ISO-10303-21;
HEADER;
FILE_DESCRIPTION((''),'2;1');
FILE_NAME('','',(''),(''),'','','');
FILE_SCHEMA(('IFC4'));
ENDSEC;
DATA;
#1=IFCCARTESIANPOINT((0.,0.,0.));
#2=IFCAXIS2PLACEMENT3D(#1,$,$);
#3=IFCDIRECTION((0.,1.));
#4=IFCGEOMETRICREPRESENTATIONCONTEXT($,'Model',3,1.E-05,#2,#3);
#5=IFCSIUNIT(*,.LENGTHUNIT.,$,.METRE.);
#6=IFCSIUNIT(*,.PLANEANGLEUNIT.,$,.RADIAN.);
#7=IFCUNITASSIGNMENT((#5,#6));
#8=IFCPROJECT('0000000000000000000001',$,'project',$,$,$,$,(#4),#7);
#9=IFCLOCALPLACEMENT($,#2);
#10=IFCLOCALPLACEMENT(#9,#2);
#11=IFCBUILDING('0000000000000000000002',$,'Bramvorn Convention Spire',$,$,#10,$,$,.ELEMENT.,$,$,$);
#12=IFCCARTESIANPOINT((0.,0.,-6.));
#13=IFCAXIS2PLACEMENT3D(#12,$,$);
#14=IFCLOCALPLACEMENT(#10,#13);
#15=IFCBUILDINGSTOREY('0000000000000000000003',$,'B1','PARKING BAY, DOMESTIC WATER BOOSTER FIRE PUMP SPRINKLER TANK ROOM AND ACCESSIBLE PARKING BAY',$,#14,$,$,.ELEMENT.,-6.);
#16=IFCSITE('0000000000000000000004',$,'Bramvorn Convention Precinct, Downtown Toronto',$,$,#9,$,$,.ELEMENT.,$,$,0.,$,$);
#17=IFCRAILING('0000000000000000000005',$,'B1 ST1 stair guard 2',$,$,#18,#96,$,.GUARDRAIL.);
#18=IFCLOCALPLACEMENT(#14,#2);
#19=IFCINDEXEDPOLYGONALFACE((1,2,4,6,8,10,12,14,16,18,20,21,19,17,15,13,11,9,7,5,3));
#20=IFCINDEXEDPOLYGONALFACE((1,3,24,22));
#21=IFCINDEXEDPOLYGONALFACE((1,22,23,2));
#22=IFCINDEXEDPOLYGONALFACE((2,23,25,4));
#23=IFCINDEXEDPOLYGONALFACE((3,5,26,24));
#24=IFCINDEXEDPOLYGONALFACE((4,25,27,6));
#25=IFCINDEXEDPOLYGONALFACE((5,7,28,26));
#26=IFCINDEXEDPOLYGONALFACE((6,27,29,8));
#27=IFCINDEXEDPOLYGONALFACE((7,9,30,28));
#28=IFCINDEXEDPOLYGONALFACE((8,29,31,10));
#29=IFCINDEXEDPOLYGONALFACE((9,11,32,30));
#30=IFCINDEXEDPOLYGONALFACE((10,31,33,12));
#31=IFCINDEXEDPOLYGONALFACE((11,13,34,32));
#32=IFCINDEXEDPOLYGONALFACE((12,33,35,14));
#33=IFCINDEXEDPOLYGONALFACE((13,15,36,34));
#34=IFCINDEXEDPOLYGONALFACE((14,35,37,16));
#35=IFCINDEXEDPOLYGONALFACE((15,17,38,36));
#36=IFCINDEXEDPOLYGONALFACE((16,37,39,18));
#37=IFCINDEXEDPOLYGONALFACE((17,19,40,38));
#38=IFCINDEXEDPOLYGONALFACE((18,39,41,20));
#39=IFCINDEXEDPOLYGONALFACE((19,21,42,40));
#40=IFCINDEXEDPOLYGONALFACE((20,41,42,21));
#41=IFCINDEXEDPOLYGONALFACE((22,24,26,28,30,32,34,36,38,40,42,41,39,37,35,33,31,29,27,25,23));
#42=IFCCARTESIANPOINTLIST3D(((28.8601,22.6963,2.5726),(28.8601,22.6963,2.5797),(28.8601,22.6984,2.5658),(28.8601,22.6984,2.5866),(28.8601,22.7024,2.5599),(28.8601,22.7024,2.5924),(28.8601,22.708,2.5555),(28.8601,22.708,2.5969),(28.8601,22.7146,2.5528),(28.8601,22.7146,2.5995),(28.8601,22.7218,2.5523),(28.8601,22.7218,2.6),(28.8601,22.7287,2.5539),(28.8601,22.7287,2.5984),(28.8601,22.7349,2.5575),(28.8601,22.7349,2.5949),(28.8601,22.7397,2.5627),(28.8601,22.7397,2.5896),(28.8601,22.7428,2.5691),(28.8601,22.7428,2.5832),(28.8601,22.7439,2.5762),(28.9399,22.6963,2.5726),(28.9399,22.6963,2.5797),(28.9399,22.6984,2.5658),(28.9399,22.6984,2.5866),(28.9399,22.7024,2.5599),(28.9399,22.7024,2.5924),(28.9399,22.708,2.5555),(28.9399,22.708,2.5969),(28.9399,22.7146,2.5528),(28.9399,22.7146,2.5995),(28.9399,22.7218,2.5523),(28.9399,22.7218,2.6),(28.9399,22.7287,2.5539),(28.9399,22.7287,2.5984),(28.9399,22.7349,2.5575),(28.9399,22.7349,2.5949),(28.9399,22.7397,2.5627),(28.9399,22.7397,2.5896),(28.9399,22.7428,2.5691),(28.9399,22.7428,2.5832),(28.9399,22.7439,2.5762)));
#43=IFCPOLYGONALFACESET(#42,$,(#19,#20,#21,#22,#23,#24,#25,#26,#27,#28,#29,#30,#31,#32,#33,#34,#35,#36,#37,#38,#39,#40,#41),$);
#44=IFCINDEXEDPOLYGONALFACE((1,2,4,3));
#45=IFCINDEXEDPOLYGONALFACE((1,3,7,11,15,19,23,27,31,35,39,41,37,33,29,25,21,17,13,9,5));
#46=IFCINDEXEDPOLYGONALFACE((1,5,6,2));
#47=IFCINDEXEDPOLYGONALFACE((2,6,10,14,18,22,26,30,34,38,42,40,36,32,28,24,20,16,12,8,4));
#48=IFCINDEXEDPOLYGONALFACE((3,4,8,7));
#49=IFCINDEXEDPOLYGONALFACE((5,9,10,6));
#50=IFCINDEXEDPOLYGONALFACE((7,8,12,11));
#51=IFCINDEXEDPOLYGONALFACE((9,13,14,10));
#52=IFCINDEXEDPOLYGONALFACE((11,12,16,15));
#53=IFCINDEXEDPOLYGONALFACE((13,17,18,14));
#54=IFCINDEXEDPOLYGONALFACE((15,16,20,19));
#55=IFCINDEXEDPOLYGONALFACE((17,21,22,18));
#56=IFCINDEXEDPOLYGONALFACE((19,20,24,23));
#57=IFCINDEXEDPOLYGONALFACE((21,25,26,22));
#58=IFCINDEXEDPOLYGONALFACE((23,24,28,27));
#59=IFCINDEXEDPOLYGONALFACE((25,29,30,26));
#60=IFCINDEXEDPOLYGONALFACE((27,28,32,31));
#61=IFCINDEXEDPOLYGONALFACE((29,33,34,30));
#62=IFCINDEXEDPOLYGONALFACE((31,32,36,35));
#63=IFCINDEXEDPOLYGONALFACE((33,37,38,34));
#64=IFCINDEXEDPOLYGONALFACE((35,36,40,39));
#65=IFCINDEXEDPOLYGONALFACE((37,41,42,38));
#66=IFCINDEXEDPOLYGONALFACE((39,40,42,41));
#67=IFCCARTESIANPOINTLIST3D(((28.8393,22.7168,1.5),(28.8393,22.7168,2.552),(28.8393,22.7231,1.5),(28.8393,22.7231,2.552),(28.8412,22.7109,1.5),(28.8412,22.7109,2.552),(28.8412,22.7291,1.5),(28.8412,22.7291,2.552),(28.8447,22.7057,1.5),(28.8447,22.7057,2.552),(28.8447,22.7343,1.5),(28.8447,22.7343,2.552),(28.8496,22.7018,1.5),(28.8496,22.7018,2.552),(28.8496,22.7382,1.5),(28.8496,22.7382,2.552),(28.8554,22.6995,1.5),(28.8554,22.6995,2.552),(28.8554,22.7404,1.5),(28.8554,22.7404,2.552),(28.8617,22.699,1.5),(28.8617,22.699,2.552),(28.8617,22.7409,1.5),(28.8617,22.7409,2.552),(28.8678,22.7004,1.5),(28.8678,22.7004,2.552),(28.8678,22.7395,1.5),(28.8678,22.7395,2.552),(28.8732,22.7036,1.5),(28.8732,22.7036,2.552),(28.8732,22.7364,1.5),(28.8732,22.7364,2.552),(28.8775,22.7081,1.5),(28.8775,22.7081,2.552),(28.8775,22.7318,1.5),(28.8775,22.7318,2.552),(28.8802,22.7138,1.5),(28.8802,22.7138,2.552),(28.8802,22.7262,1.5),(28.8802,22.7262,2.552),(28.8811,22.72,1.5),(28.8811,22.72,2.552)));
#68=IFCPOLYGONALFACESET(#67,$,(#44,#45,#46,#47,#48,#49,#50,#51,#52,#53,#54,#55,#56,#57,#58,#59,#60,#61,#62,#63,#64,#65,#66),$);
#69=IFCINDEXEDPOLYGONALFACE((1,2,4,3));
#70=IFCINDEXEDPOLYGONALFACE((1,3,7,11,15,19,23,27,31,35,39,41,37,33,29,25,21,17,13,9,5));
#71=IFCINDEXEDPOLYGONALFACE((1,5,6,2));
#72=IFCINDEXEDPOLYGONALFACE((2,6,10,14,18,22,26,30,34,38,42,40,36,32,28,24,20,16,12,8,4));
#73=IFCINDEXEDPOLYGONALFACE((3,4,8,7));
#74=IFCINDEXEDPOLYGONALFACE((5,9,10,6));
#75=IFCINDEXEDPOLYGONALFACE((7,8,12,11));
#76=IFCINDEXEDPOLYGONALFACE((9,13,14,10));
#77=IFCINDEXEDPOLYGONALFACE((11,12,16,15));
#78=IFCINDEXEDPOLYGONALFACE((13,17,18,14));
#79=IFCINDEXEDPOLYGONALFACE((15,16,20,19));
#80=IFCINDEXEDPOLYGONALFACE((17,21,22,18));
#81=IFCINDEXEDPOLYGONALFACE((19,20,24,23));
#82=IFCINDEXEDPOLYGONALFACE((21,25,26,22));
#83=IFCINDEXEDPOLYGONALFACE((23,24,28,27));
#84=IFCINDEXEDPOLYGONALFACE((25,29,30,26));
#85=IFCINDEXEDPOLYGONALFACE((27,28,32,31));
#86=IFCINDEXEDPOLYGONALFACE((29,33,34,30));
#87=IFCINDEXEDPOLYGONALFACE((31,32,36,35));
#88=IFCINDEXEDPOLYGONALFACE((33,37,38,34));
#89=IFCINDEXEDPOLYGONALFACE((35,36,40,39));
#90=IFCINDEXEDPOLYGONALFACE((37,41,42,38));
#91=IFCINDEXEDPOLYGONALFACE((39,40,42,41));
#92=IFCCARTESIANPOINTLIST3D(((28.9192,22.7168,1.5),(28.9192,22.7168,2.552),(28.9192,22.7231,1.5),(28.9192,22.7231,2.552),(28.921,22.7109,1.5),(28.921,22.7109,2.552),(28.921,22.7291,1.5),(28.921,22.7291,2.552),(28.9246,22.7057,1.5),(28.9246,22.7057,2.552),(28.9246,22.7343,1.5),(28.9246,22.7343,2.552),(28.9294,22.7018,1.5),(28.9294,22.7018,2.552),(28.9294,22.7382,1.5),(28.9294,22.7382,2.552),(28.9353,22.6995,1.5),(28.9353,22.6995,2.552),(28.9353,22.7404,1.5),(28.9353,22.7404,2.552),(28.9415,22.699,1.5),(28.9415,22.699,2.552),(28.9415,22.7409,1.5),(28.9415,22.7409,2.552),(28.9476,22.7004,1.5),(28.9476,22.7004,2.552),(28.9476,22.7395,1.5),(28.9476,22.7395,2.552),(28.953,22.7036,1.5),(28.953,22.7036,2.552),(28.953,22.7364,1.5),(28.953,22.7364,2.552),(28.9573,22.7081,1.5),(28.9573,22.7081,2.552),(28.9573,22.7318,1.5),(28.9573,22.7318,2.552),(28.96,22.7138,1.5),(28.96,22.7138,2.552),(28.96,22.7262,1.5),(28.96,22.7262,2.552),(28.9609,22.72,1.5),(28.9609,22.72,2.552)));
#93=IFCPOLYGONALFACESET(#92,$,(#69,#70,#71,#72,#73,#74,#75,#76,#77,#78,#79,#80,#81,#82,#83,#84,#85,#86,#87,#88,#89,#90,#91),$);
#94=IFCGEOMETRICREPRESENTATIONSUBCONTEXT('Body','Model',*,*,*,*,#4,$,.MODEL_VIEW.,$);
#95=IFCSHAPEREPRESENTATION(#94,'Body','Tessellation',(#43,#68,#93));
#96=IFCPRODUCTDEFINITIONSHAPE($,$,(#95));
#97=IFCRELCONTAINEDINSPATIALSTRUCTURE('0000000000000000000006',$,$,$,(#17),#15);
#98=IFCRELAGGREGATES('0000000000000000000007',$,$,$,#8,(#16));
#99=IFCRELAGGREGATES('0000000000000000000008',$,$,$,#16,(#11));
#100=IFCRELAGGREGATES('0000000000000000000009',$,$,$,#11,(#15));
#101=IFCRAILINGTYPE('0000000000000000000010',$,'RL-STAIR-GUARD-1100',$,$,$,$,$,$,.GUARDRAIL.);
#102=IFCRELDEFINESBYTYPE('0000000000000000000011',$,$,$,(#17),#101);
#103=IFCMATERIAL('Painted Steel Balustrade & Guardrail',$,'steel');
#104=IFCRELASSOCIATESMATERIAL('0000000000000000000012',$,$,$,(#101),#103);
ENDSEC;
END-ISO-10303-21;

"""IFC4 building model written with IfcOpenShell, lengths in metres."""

from ifc_helpers import new_model, si_unit, direction, frame, origin, origin_2d, place, context, subcontext, project, spatial, circle, extrude, material, type_object, element, save


model = new_model("IFC4")

# Units and contexts
model_context = context("Model", 3, precision=1e-05, world=origin(), true_north=direction((0.0, 1.0)))
body_context = subcontext(model_context, "Body", "Model", "MODEL_VIEW")
ifc_project = project(units=[si_unit("LENGTHUNIT", "METRE"), si_unit("PLANEANGLEUNIT", "RADIAN")], contexts=[model_context])

# Site, building, storey
site_placement = place(None, origin())
site = spatial("IfcSite", under=ifc_project, at=site_placement, Name="Bramvorn Convention Precinct, Downtown Toronto", CompositionType="ELEMENT", RefElevation=0.0)
building_placement = place(site_placement, origin())
building = spatial("IfcBuilding", under=site, at=building_placement, Name="Bramvorn Convention Spire", CompositionType="ELEMENT")
storey_placement = place(building_placement, frame((0.0, 0.0, -6.0)))
storey = spatial("IfcBuildingStorey", under=building, at=storey_placement, Name="B1", Description="PARKING BAY, DOMESTIC WATER BOOSTER FIRE PUMP SPRINKLER TANK ROOM AND ACCESSIBLE PARKING BAY", CompositionType="ELEMENT", Elevation=-6.0)

# Railing
ifc_material_1 = material(Name="Painted Steel Balustrade & Guardrail", Category="steel")
railing_type_1 = type_object("IfcRailingType", Name="RL-STAIR-GUARD-1100", PredefinedType="GUARDRAIL", material=ifc_material_1)
railing_1_placement = place(storey_placement, frame((28.8601, 22.72, 1.5)))
element("IfcRailing", 1, at=railing_1_placement, inside=storey, type_object=railing_type_1, Name="B1 ST1 stair guard 2", PredefinedType="GUARDRAIL", context=body_context, shape_type="SweptSolid", body=[
    extrude(circle(Radius=0.0239, at=origin_2d()), frame((0.0, 0.0, 1.0762), z_axis=(1.0, 0.0, 0.0), x_axis=(0.0, 1.0, 0.0)), (0.0, 0.0, 1.0), 0.0798),
    extrude(circle(Radius=0.021, at=origin_2d()), origin(), (0.0, 0.0, 1.0), 1.052),
    extrude(circle(Radius=0.021, at=origin_2d()), frame((0.0798, 0.0, 0.0)), (0.0, 0.0, 1.0), 1.052),
])

save(model, "model.ifc")
